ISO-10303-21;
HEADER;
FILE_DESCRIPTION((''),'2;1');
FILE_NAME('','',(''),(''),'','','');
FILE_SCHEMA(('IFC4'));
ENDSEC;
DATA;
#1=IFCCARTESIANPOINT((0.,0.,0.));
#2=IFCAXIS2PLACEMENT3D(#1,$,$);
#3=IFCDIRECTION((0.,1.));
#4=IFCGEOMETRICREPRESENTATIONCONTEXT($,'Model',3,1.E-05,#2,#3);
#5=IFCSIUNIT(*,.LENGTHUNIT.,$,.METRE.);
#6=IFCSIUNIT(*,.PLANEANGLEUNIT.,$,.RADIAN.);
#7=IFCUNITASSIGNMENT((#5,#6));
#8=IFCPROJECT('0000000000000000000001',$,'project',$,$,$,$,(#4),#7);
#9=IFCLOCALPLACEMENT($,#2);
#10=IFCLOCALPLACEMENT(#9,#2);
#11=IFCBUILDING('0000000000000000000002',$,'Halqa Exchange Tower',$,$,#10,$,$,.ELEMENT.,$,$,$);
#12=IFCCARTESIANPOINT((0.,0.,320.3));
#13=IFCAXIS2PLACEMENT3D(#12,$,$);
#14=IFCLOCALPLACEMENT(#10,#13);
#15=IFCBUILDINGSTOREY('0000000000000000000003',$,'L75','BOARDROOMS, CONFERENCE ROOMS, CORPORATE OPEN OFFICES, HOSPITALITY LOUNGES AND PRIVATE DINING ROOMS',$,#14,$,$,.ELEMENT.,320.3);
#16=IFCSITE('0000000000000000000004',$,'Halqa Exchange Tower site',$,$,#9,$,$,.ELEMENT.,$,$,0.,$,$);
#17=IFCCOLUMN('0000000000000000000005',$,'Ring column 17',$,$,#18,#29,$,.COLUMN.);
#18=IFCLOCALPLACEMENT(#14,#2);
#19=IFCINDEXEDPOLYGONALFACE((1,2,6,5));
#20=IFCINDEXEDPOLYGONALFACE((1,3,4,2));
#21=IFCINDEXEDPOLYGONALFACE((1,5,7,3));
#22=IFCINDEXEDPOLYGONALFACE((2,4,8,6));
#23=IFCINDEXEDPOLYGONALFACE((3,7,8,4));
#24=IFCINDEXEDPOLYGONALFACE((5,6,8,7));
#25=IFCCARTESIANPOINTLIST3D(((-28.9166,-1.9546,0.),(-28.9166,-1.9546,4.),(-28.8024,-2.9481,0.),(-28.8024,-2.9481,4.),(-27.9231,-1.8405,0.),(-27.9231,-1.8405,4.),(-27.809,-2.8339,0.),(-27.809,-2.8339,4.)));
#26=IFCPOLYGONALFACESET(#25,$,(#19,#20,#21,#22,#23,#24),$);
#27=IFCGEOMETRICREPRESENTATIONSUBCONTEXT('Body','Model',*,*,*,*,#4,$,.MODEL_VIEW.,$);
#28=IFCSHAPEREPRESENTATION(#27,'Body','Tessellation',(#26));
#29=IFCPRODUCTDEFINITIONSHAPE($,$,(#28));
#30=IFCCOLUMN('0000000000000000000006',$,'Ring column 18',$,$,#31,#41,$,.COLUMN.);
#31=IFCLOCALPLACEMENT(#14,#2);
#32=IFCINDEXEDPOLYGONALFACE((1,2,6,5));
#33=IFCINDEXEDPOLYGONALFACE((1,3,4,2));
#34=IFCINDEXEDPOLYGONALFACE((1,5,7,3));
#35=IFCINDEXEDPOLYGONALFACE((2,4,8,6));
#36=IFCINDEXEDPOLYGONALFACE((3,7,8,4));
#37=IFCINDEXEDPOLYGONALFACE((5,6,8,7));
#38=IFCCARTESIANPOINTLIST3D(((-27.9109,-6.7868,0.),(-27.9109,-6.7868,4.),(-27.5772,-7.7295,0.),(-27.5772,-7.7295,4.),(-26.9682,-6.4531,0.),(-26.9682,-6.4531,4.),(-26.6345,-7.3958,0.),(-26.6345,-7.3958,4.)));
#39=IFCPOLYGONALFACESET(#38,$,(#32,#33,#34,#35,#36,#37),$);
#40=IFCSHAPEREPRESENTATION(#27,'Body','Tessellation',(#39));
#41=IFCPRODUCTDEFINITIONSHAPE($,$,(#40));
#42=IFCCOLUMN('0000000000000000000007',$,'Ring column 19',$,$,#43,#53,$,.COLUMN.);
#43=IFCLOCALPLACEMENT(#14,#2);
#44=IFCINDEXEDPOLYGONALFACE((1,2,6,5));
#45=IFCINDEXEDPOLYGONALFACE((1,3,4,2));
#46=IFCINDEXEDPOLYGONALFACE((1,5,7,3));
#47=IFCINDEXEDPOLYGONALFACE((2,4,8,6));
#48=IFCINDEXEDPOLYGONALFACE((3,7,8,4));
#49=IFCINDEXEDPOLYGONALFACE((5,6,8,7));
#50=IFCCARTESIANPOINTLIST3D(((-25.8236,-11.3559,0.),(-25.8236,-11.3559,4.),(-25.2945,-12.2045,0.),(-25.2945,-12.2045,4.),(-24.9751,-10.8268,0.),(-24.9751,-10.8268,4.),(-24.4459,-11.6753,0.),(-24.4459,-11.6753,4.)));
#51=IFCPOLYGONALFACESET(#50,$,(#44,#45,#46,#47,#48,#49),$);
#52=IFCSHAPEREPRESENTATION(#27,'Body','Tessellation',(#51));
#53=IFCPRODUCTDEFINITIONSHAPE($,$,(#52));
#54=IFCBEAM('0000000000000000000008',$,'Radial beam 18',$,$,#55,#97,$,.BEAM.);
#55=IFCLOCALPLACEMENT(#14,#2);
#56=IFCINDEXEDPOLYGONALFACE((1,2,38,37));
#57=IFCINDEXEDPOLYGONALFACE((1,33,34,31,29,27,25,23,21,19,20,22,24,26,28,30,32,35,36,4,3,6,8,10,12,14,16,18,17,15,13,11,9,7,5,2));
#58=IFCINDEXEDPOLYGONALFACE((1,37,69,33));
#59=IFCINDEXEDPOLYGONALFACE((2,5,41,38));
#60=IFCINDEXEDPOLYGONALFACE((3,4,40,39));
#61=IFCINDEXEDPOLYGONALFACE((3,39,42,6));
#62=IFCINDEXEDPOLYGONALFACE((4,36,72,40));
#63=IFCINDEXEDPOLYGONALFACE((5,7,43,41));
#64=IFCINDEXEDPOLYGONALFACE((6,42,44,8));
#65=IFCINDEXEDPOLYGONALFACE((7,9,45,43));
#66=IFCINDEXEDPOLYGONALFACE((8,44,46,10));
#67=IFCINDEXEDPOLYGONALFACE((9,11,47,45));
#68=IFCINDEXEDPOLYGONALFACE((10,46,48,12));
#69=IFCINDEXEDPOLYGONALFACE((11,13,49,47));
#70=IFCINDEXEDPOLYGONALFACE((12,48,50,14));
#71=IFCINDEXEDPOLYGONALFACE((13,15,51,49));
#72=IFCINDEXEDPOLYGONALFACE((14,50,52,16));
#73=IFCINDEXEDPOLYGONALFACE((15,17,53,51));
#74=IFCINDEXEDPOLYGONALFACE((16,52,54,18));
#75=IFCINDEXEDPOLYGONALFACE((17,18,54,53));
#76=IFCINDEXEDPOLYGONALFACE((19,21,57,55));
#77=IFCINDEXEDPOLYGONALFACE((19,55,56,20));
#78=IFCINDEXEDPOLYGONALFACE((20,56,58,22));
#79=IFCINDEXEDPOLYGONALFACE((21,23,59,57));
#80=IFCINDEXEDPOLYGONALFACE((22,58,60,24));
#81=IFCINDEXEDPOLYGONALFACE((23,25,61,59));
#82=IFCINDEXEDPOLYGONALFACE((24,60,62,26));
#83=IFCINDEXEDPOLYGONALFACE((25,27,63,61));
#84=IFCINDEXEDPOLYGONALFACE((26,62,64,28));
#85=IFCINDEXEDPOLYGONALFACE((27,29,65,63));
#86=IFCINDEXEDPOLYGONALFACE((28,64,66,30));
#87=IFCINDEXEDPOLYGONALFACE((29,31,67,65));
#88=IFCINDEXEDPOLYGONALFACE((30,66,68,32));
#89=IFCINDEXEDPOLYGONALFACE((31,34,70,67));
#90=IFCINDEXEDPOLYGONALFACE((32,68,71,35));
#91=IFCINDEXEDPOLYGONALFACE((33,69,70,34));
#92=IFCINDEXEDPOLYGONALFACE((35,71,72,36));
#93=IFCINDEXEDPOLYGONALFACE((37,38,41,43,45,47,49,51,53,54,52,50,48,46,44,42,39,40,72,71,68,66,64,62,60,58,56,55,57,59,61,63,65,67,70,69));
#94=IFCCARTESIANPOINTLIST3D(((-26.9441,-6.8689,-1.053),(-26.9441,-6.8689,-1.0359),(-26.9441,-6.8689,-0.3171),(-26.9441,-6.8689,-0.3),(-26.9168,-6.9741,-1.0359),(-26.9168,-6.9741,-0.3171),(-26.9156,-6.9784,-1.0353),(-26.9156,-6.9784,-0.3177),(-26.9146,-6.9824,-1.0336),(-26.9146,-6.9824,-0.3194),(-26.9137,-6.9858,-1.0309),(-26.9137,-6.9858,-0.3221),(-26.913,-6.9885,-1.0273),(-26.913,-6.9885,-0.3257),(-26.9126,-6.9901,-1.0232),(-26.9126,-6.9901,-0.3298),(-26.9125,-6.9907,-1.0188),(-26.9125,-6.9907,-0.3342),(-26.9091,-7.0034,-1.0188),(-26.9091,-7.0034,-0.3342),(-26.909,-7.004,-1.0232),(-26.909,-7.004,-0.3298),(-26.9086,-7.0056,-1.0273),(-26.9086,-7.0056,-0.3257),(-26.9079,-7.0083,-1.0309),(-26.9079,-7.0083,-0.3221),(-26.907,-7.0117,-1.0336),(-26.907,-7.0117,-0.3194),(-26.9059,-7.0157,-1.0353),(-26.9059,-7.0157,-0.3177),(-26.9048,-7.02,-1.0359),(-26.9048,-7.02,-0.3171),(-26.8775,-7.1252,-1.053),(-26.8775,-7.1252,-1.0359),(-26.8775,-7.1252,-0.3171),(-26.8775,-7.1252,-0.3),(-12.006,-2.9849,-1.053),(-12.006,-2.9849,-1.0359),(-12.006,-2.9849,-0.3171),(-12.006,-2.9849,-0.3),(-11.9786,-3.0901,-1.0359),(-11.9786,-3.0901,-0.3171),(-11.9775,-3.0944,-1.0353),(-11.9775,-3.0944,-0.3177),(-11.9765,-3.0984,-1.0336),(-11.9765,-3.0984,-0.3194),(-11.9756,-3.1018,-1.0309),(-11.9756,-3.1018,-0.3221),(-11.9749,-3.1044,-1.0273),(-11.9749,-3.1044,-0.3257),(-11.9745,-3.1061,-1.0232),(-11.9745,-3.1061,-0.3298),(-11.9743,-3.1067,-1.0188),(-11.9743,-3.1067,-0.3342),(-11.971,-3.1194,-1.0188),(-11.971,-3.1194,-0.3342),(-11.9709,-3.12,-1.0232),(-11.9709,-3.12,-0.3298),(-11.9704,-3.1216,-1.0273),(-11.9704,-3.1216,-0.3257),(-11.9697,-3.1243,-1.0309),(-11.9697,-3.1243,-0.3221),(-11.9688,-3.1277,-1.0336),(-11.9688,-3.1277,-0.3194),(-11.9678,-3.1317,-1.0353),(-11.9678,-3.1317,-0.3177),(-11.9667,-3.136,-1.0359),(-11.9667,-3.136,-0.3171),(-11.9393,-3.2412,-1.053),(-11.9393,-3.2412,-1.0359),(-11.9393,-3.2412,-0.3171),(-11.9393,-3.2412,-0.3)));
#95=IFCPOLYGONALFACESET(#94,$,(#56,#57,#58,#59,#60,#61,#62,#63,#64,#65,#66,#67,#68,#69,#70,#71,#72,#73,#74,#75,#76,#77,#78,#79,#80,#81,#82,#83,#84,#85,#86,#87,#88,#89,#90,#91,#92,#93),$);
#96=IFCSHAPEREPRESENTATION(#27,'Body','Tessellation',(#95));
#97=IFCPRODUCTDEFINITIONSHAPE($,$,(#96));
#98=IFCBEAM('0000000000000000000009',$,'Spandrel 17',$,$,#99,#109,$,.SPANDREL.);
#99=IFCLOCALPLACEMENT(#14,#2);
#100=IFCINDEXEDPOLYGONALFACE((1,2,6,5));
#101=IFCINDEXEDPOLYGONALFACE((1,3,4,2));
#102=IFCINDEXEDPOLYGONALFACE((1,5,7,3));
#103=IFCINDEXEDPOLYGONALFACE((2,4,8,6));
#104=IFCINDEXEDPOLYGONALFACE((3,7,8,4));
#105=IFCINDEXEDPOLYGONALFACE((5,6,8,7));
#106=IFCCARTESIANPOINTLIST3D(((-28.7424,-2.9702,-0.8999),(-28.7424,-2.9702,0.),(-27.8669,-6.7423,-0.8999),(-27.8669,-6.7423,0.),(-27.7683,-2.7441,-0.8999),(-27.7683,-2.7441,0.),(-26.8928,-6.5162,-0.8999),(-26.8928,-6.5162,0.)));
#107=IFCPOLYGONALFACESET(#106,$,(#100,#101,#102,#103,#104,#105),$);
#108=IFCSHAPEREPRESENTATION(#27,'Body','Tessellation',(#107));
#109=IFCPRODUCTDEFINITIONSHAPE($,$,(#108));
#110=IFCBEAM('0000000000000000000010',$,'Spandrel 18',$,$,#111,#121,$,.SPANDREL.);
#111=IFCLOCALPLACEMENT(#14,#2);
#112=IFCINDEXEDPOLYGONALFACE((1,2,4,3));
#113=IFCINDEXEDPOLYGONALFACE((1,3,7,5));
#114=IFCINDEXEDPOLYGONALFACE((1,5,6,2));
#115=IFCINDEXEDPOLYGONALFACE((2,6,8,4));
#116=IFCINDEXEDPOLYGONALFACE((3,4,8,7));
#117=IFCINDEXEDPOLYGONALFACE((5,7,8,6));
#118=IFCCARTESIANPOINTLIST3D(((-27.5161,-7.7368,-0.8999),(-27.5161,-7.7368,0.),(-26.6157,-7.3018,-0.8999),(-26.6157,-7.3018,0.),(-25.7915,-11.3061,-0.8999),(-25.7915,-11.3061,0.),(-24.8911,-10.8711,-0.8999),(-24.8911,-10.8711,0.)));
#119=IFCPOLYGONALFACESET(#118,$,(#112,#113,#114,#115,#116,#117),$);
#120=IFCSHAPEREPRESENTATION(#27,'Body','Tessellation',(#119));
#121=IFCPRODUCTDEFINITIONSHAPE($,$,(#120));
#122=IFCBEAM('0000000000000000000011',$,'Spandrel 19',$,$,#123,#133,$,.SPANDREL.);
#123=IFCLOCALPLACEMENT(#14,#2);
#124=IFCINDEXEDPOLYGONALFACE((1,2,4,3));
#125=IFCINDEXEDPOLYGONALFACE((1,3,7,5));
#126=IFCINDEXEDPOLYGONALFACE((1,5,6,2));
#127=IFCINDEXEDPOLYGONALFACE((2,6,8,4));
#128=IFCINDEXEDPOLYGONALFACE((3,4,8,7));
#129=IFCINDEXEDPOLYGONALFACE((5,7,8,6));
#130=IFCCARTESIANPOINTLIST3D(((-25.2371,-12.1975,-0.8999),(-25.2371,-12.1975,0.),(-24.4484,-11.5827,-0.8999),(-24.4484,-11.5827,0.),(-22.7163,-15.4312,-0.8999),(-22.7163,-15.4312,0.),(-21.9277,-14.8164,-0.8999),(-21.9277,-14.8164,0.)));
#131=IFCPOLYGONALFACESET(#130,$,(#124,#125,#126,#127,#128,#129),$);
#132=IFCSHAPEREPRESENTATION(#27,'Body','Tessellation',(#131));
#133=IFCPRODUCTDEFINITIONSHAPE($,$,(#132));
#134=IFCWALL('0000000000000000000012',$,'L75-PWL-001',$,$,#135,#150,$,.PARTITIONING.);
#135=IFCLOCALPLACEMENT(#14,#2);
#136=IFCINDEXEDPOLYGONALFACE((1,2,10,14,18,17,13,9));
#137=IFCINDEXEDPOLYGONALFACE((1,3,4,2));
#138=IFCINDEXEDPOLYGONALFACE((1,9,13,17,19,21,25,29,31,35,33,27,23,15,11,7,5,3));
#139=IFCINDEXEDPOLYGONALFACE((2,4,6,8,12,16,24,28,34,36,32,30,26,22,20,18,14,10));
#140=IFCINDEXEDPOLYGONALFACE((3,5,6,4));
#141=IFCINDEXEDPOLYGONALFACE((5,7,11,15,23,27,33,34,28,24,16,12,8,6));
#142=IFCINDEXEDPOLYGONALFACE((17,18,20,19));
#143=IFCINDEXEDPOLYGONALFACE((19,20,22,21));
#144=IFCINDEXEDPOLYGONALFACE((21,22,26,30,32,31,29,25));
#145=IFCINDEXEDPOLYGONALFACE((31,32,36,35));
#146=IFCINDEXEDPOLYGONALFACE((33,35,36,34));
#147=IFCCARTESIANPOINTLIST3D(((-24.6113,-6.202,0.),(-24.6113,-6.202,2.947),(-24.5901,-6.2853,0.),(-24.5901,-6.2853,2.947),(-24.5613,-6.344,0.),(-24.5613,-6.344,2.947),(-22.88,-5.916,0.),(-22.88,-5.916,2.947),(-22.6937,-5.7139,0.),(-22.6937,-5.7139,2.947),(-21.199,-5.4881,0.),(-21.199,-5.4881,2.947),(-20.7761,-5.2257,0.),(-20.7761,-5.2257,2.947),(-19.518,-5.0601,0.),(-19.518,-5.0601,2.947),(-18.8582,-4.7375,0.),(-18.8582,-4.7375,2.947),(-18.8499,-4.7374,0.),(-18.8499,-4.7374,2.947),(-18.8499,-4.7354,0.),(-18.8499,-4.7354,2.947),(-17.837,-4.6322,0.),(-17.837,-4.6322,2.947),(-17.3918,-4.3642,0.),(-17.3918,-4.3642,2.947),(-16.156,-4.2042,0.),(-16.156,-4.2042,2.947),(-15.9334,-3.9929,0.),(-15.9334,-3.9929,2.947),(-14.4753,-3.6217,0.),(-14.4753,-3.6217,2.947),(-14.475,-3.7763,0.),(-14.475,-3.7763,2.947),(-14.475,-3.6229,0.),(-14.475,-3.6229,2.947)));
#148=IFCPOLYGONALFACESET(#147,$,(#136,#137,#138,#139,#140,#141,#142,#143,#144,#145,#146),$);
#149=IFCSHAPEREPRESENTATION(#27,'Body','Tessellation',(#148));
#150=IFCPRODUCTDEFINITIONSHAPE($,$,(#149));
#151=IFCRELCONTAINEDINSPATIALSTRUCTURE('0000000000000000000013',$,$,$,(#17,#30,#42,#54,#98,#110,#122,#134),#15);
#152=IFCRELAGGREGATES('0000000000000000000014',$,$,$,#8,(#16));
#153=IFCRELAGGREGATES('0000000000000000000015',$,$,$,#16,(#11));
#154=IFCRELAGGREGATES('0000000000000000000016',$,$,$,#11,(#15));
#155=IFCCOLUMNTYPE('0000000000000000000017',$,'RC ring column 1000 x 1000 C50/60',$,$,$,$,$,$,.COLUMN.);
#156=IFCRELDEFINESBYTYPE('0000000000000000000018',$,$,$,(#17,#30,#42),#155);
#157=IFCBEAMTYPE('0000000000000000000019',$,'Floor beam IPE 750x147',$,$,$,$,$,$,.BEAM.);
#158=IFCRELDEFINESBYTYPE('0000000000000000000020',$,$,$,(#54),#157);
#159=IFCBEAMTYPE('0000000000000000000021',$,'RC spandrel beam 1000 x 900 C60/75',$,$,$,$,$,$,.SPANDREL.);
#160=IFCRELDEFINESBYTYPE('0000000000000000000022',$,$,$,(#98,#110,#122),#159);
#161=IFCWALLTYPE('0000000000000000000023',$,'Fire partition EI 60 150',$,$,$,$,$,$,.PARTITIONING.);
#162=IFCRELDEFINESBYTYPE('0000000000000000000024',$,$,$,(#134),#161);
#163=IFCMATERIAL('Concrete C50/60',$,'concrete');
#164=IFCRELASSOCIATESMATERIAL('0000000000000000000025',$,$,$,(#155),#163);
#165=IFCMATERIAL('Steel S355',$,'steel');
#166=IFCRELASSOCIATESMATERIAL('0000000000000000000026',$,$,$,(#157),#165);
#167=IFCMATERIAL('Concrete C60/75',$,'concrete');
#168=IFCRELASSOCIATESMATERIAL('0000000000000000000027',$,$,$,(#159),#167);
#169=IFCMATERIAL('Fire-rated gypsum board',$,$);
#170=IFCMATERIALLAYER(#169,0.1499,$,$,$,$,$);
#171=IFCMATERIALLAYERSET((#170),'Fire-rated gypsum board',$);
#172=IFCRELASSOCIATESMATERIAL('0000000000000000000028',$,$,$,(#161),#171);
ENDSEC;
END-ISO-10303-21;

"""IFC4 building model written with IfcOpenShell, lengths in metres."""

from ifc_helpers import new_model, si_unit, direction, frame, origin, origin_2d, place, context, subcontext, project, spatial, polyline, rectangle, i_section, outline, extrude, material, layer, layer_set, material_profile, profile_set, type_object, element, save


model = new_model("IFC4")

# Units and contexts
model_context = context("Model", 3, precision=1e-05, world=origin(), true_north=direction((0.0, 1.0)))
body_context = subcontext(model_context, "Body", "Model", "MODEL_VIEW")
ifc_project = project(units=[si_unit("LENGTHUNIT", "METRE"), si_unit("PLANEANGLEUNIT", "RADIAN")], contexts=[model_context])

# Site, building, storey
site_placement = place(None, origin())
site = spatial("IfcSite", under=ifc_project, at=site_placement, Name="Halqa Exchange Tower site", CompositionType="ELEMENT", RefElevation=0.0)
building_placement = place(site_placement, origin())
building = spatial("IfcBuilding", under=site, at=building_placement, Name="Halqa Exchange Tower", CompositionType="ELEMENT")
storey_placement = place(building_placement, frame((0.0, 0.0, 320.3)))
storey = spatial("IfcBuildingStorey", under=building, at=storey_placement, Name="L75", Description="BOARDROOMS, CONFERENCE ROOMS, CORPORATE OPEN OFFICES, HOSPITALITY LOUNGES AND PRIVATE DINING ROOMS", CompositionType="ELEMENT", Elevation=320.3)

# Columns
ifc_material_1 = material(Name="Concrete C50/60", Category="concrete")
ifc_material_profile_1 = material_profile(ifc_material_1, rectangle(XDim=1.0, YDim=1.0, at=origin_2d()), Name="1000 x 1000")
ifc_profile_set_1 = profile_set([ifc_material_profile_1], Name="Concrete C50/60")
column_type = type_object("IfcColumnType", Name="RC ring column 1000 x 1000 C50/60", PredefinedType="COLUMN", material=ifc_profile_set_1)
for number, where, z_axis, x_axis, name in (
    (1, (-28.3628, -2.3943, 0.0), (0.0, 0.0, 1.0), (0.11416, -0.993462, 0.0), "Ring column 17"),
    (2, (-27.2727, -7.0913, 0.0), (0.0, 0.0, 1.0), (0.333624, -0.942706, 0.0), "Ring column 18"),
    (3, (-25.1348, -11.5156, 0.0), (0.0, 0.0, 1.0), (0.52914, -0.848534, 0.0), "Ring column 19"),
):
    element("IfcColumn", number, at=place(storey_placement, frame(where, z_axis=z_axis, x_axis=x_axis)), inside=storey, type_object=column_type, Name=name, PredefinedType="COLUMN", context=body_context, shape_type="SweptSolid", body=[
        extrude(rectangle(XDim=1.0, YDim=1.0, at=origin_2d()), origin(), (0.0, 0.0, 1.0), 4.0),
    ])

# Beams
ifc_material_2 = material(Name="Steel S355", Category="steel")
ifc_material_profile_2 = material_profile(ifc_material_2, i_section(OverallWidth=0.2649, OverallDepth=0.7529, WebThickness=0.0132, FlangeThickness=0.0171, FilletRadius=0.0171, at=origin_2d()), Name="IPE 750x147")
ifc_profile_set_2 = profile_set([ifc_material_profile_2], Name="Steel S355")
beam_type_1 = type_object("IfcBeamType", Name="Floor beam IPE 750x147", PredefinedType="BEAM", material=ifc_profile_set_2)
beam_1_placement = place(storey_placement, frame((-11.9727, -3.113, -0.6765), z_axis=(-0.967821, -0.251639, 0.0), x_axis=(0.251639, -0.967821, 0.0)))
element("IfcBeam", 4, at=beam_1_placement, inside=storey, type_object=beam_type_1, Name="Radial beam 18", PredefinedType="BEAM", context=body_context, shape_type="SweptSolid", body=[
    extrude(i_section(OverallWidth=0.2649, OverallDepth=0.7529, WebThickness=0.0132, FlangeThickness=0.0171, FilletRadius=0.0171, at=origin_2d()), origin(), (0.0, 0.0, 1.0), 15.4348),
])
ifc_material_3 = material(Name="Concrete C60/75", Category="concrete")
ifc_material_profile_3 = material_profile(ifc_material_3, rectangle(XDim=1.0, YDim=0.8999, at=origin_2d()), Name="1000 x 900")
ifc_profile_set_3 = profile_set([ifc_material_profile_3], Name="Concrete C60/75")
beam_type_2 = type_object("IfcBeamType", Name="RC spandrel beam 1000 x 900 C60/75", PredefinedType="SPANDREL", material=ifc_profile_set_3)
beam_2_placement = place(storey_placement, frame((-28.2554, -2.8572, -0.45), z_axis=(0.226093, -0.974106, 0.0), x_axis=(0.974106, 0.226093, 0.0)))
element("IfcBeam", 5, at=beam_2_placement, inside=storey, type_object=beam_type_2, Name="Spandrel 17", PredefinedType="SPANDREL", context=body_context, shape_type="SweptSolid", body=[
    extrude(rectangle(XDim=1.0, YDim=0.8999, at=origin_2d()), origin(), (0.0, 0.0, 1.0), 3.8723),
])
beam_3_placement = place(storey_placement, frame((-27.0659, -7.5193, -0.45), z_axis=(0.435052, -0.900405, 0.0), x_axis=(0.900405, 0.435052, 0.0)))
element("IfcBeam", 6, at=beam_3_placement, inside=storey, type_object=beam_type_2, Name="Spandrel 18", PredefinedType="SPANDREL", context=body_context, shape_type="SweptSolid", body=[
    extrude(rectangle(XDim=1.0, YDim=0.8999, at=origin_2d()), origin(), (0.0, 0.0, 1.0), 3.9641),
])
beam_4_placement = place(storey_placement, frame((-24.8428, -11.8901, -0.45), z_axis=(0.614806, -0.788678, 0.0), x_axis=(0.788678, 0.614806, 0.0)))
element("IfcBeam", 7, at=beam_4_placement, inside=storey, type_object=beam_type_2, Name="Spandrel 19", PredefinedType="SPANDREL", context=body_context, shape_type="SweptSolid", body=[
    extrude(rectangle(XDim=1.0, YDim=0.8999, at=origin_2d()), origin(), (0.0, 0.0, 1.0), 4.1001),
])

# Wall
ifc_material_4 = material(Name="Fire-rated gypsum board")
ifc_layer_1 = layer(ifc_material_4, 0.1499)
ifc_layer_set_1 = layer_set([ifc_layer_1], Name="Fire-rated gypsum board")
wall_type_1 = type_object("IfcWallType", Name="Fire partition EI 60 150", PredefinedType="PARTITIONING", material=ifc_layer_set_1)
wall_1_placement = place(storey_placement, frame((-24.5928, -6.2747, 0.0), z_axis=(0.0, 0.0, 1.0), x_axis=(0.969091, 0.246702, 0.0)))
element("IfcWall", 8, at=wall_1_placement, inside=storey, type_object=wall_type_1, Name="L75-PWL-001", PredefinedType="PARTITIONING", context=body_context, shape_type="SweptSolid", body=[
    extrude(outline(polyline([(0.0134, -0.075), (1.7483, -0.075), (3.4829, -0.075), (5.2175, -0.075), (6.9521, -0.075), (8.6868, -0.075), (10.4214, -0.075), (10.4592, 0.0737), (10.4592, 0.075), (8.9546, 0.075), (7.4497, 0.075), (5.9451, 0.075), (5.9446, 0.073), (5.9365, 0.075), (3.9575, 0.075), (1.9788, 0.075), (0.0, 0.075), (0.0, -0.011), (0.0134, -0.075)])), origin(), (0.0, 0.0, 1.0), 2.947),
])

save(model, "model.ifc")
